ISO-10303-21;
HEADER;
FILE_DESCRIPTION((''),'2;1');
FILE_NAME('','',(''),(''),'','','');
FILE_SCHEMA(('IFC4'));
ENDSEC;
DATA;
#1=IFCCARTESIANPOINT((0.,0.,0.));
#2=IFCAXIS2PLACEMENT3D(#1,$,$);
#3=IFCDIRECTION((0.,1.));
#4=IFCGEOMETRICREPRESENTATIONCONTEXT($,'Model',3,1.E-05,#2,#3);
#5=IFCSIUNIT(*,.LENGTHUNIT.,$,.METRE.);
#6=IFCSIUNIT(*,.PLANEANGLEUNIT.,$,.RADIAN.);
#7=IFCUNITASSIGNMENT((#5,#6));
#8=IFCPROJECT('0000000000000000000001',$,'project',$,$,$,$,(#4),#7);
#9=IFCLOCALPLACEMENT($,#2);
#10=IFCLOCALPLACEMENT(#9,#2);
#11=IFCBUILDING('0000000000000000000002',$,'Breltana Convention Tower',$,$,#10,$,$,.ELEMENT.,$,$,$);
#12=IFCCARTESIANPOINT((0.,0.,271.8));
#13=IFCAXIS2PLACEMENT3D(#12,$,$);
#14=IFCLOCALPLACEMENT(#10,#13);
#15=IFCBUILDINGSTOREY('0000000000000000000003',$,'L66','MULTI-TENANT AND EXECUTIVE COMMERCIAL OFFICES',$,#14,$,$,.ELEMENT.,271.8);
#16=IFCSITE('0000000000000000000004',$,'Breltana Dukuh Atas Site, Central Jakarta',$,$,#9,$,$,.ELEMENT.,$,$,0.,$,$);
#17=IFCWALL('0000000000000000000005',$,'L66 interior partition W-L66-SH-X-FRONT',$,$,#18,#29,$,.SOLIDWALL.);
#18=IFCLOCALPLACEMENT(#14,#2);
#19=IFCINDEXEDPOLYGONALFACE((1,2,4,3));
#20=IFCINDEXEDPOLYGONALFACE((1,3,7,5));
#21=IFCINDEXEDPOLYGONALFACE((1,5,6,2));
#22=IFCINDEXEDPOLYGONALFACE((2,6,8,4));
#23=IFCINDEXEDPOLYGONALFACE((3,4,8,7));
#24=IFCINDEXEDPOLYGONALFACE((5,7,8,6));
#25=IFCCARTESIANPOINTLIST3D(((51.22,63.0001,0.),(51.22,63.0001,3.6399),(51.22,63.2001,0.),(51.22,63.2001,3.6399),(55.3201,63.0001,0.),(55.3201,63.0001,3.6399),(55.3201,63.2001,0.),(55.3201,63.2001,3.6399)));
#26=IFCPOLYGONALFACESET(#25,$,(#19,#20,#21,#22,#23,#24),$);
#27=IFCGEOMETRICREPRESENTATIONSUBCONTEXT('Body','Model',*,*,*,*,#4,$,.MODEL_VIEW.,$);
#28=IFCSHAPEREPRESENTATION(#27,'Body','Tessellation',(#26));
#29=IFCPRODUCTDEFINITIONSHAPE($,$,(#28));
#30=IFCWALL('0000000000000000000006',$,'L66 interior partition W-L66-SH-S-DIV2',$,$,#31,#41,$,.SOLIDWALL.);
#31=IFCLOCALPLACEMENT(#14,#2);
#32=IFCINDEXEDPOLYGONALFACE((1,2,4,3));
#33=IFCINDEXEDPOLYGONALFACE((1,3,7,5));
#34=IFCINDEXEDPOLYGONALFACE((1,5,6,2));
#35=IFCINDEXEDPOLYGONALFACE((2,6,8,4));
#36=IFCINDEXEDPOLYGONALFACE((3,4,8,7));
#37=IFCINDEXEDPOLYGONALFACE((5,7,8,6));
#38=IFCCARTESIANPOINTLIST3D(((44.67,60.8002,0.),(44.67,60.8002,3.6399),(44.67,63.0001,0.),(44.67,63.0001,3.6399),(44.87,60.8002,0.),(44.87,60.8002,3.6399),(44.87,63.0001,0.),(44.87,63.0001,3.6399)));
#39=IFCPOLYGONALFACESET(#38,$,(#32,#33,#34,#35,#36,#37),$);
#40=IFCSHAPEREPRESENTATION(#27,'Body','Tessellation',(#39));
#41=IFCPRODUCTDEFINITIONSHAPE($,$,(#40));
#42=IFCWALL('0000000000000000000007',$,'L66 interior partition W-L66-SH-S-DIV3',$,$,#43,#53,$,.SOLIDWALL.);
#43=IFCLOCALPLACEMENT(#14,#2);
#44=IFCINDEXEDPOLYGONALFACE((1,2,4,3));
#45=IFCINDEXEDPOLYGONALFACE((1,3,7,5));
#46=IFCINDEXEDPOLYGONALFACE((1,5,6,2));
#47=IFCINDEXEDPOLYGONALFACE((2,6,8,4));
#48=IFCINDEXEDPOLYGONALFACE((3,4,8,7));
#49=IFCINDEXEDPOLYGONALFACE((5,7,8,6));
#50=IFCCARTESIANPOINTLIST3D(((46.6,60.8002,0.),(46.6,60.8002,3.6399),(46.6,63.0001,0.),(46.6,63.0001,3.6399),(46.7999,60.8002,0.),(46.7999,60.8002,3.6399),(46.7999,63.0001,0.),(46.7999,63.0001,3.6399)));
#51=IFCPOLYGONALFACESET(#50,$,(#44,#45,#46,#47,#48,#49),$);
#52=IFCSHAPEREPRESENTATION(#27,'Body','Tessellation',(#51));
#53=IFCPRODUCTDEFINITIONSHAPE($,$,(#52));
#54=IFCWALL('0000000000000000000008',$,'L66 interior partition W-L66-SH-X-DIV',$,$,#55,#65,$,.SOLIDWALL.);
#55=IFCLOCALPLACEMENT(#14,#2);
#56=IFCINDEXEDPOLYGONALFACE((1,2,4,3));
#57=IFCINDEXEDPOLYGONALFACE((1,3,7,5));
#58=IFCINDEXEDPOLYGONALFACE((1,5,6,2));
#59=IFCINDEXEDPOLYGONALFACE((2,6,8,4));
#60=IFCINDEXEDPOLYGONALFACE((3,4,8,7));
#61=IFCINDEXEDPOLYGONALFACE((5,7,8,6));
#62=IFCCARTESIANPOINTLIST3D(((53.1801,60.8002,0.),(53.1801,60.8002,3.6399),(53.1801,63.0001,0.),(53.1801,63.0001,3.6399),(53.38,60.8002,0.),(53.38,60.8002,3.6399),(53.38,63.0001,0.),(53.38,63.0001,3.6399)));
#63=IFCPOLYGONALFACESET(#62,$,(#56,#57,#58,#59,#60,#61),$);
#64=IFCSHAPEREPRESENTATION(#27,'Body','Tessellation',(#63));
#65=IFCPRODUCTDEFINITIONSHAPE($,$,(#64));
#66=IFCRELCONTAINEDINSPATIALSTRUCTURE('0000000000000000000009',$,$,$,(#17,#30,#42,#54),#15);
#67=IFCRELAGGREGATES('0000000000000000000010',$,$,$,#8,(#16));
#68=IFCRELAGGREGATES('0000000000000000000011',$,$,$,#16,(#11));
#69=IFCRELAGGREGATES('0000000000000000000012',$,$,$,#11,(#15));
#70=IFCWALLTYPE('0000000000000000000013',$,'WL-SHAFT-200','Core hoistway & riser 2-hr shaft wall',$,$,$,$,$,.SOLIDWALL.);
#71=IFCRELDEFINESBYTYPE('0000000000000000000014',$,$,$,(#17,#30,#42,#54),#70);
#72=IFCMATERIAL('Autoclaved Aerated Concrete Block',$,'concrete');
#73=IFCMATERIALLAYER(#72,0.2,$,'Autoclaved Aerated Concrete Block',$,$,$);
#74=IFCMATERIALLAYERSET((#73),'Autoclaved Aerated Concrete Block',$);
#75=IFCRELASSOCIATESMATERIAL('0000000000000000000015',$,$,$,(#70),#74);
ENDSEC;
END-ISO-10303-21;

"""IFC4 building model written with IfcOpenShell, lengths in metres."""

from ifc_helpers import new_model, si_unit, direction, frame, frame_2d, origin, place, context, subcontext, project, spatial, rectangle, extrude, source, transform, mapped, material, layer, layer_set, type_object, element, save


model = new_model("IFC4")

# Units and contexts
model_context = context("Model", 3, precision=1e-05, world=origin(), true_north=direction((0.0, 1.0)))
body_context = subcontext(model_context, "Body", "Model", "MODEL_VIEW")
ifc_project = project(units=[si_unit("LENGTHUNIT", "METRE"), si_unit("PLANEANGLEUNIT", "RADIAN")], contexts=[model_context])

# Site, building, storey
site_placement = place(None, origin())
site = spatial("IfcSite", under=ifc_project, at=site_placement, Name="Breltana Dukuh Atas Site, Central Jakarta", CompositionType="ELEMENT", RefElevation=0.0)
building_placement = place(site_placement, origin())
building = spatial("IfcBuilding", under=site, at=building_placement, Name="Breltana Convention Tower", CompositionType="ELEMENT")
storey_placement = place(building_placement, frame((0.0, 0.0, 271.8)))
storey = spatial("IfcBuildingStorey", under=building, at=storey_placement, Name="L66", Description="MULTI-TENANT AND EXECUTIVE COMMERCIAL OFFICES", CompositionType="ELEMENT", Elevation=271.8)

# Shared definitions
ifc_material_1 = material(Name="Autoclaved Aerated Concrete Block", Category="concrete")
ifc_layer = layer(ifc_material_1, 0.2, Name="Autoclaved Aerated Concrete Block")
ifc_layer_set = layer_set([ifc_layer], Name="Autoclaved Aerated Concrete Block")
wall_type = type_object("IfcWallType", Name="WL-SHAFT-200", Description="Core hoistway & riser 2-hr shaft wall", PredefinedType="SOLIDWALL", material=ifc_layer_set)

# Walls
shared_shape_1 = source(origin(), body_context, "Body", "SweptSolid", [
    extrude(rectangle(XDim=4.1001, YDim=0.2, at=frame_2d((2.05, 0.0))), origin(), (0.0, 0.0, 1.0), 3.6399),
])
wall_1_placement = place(storey_placement, frame((51.22, 63.1001, 0.0), z_axis=(0.0, 0.0, 1.0), x_axis=(1.0, 0.0, 0.0)))
element("IfcWall", 1, at=wall_1_placement, inside=storey, type_object=wall_type, Name="L66 interior partition W-L66-SH-X-FRONT", PredefinedType="SOLIDWALL", context=body_context, shape_type="MappedRepresentation", body=[
    mapped(shared_shape_1, transform((0.0, 0.0, 0.0), scale=1.0)),
])
shared_shape_2 = source(origin(), body_context, "Body", "SweptSolid", [
    extrude(rectangle(XDim=2.2, YDim=0.2, at=frame_2d((1.1001, 0.0))), origin(), (0.0, 0.0, 1.0), 3.6399),
])
for number, where, z_axis, x_axis, name in (
    (2, (44.77, 60.8, 0.0), (0.0, 0.0, 1.0), (0.0, 1.0, 0.0), "L66 interior partition W-L66-SH-S-DIV2"),
    (3, (46.7, 60.8, 0.0), (0.0, 0.0, 1.0), (0.0, 1.0, 0.0), "L66 interior partition W-L66-SH-S-DIV3"),
    (4, (53.28, 60.8, 0.0), (0.0, 0.0, 1.0), (0.0, 1.0, 0.0), "L66 interior partition W-L66-SH-X-DIV"),
):
    element("IfcWall", number, at=place(storey_placement, frame(where, z_axis=z_axis, x_axis=x_axis)), inside=storey, type_object=wall_type, Name=name, PredefinedType="SOLIDWALL", context=body_context, shape_type="MappedRepresentation", body=[
        mapped(shared_shape_2, transform((0.0, 0.0, 0.0), scale=1.0)),
    ])

save(model, "model.ifc")
